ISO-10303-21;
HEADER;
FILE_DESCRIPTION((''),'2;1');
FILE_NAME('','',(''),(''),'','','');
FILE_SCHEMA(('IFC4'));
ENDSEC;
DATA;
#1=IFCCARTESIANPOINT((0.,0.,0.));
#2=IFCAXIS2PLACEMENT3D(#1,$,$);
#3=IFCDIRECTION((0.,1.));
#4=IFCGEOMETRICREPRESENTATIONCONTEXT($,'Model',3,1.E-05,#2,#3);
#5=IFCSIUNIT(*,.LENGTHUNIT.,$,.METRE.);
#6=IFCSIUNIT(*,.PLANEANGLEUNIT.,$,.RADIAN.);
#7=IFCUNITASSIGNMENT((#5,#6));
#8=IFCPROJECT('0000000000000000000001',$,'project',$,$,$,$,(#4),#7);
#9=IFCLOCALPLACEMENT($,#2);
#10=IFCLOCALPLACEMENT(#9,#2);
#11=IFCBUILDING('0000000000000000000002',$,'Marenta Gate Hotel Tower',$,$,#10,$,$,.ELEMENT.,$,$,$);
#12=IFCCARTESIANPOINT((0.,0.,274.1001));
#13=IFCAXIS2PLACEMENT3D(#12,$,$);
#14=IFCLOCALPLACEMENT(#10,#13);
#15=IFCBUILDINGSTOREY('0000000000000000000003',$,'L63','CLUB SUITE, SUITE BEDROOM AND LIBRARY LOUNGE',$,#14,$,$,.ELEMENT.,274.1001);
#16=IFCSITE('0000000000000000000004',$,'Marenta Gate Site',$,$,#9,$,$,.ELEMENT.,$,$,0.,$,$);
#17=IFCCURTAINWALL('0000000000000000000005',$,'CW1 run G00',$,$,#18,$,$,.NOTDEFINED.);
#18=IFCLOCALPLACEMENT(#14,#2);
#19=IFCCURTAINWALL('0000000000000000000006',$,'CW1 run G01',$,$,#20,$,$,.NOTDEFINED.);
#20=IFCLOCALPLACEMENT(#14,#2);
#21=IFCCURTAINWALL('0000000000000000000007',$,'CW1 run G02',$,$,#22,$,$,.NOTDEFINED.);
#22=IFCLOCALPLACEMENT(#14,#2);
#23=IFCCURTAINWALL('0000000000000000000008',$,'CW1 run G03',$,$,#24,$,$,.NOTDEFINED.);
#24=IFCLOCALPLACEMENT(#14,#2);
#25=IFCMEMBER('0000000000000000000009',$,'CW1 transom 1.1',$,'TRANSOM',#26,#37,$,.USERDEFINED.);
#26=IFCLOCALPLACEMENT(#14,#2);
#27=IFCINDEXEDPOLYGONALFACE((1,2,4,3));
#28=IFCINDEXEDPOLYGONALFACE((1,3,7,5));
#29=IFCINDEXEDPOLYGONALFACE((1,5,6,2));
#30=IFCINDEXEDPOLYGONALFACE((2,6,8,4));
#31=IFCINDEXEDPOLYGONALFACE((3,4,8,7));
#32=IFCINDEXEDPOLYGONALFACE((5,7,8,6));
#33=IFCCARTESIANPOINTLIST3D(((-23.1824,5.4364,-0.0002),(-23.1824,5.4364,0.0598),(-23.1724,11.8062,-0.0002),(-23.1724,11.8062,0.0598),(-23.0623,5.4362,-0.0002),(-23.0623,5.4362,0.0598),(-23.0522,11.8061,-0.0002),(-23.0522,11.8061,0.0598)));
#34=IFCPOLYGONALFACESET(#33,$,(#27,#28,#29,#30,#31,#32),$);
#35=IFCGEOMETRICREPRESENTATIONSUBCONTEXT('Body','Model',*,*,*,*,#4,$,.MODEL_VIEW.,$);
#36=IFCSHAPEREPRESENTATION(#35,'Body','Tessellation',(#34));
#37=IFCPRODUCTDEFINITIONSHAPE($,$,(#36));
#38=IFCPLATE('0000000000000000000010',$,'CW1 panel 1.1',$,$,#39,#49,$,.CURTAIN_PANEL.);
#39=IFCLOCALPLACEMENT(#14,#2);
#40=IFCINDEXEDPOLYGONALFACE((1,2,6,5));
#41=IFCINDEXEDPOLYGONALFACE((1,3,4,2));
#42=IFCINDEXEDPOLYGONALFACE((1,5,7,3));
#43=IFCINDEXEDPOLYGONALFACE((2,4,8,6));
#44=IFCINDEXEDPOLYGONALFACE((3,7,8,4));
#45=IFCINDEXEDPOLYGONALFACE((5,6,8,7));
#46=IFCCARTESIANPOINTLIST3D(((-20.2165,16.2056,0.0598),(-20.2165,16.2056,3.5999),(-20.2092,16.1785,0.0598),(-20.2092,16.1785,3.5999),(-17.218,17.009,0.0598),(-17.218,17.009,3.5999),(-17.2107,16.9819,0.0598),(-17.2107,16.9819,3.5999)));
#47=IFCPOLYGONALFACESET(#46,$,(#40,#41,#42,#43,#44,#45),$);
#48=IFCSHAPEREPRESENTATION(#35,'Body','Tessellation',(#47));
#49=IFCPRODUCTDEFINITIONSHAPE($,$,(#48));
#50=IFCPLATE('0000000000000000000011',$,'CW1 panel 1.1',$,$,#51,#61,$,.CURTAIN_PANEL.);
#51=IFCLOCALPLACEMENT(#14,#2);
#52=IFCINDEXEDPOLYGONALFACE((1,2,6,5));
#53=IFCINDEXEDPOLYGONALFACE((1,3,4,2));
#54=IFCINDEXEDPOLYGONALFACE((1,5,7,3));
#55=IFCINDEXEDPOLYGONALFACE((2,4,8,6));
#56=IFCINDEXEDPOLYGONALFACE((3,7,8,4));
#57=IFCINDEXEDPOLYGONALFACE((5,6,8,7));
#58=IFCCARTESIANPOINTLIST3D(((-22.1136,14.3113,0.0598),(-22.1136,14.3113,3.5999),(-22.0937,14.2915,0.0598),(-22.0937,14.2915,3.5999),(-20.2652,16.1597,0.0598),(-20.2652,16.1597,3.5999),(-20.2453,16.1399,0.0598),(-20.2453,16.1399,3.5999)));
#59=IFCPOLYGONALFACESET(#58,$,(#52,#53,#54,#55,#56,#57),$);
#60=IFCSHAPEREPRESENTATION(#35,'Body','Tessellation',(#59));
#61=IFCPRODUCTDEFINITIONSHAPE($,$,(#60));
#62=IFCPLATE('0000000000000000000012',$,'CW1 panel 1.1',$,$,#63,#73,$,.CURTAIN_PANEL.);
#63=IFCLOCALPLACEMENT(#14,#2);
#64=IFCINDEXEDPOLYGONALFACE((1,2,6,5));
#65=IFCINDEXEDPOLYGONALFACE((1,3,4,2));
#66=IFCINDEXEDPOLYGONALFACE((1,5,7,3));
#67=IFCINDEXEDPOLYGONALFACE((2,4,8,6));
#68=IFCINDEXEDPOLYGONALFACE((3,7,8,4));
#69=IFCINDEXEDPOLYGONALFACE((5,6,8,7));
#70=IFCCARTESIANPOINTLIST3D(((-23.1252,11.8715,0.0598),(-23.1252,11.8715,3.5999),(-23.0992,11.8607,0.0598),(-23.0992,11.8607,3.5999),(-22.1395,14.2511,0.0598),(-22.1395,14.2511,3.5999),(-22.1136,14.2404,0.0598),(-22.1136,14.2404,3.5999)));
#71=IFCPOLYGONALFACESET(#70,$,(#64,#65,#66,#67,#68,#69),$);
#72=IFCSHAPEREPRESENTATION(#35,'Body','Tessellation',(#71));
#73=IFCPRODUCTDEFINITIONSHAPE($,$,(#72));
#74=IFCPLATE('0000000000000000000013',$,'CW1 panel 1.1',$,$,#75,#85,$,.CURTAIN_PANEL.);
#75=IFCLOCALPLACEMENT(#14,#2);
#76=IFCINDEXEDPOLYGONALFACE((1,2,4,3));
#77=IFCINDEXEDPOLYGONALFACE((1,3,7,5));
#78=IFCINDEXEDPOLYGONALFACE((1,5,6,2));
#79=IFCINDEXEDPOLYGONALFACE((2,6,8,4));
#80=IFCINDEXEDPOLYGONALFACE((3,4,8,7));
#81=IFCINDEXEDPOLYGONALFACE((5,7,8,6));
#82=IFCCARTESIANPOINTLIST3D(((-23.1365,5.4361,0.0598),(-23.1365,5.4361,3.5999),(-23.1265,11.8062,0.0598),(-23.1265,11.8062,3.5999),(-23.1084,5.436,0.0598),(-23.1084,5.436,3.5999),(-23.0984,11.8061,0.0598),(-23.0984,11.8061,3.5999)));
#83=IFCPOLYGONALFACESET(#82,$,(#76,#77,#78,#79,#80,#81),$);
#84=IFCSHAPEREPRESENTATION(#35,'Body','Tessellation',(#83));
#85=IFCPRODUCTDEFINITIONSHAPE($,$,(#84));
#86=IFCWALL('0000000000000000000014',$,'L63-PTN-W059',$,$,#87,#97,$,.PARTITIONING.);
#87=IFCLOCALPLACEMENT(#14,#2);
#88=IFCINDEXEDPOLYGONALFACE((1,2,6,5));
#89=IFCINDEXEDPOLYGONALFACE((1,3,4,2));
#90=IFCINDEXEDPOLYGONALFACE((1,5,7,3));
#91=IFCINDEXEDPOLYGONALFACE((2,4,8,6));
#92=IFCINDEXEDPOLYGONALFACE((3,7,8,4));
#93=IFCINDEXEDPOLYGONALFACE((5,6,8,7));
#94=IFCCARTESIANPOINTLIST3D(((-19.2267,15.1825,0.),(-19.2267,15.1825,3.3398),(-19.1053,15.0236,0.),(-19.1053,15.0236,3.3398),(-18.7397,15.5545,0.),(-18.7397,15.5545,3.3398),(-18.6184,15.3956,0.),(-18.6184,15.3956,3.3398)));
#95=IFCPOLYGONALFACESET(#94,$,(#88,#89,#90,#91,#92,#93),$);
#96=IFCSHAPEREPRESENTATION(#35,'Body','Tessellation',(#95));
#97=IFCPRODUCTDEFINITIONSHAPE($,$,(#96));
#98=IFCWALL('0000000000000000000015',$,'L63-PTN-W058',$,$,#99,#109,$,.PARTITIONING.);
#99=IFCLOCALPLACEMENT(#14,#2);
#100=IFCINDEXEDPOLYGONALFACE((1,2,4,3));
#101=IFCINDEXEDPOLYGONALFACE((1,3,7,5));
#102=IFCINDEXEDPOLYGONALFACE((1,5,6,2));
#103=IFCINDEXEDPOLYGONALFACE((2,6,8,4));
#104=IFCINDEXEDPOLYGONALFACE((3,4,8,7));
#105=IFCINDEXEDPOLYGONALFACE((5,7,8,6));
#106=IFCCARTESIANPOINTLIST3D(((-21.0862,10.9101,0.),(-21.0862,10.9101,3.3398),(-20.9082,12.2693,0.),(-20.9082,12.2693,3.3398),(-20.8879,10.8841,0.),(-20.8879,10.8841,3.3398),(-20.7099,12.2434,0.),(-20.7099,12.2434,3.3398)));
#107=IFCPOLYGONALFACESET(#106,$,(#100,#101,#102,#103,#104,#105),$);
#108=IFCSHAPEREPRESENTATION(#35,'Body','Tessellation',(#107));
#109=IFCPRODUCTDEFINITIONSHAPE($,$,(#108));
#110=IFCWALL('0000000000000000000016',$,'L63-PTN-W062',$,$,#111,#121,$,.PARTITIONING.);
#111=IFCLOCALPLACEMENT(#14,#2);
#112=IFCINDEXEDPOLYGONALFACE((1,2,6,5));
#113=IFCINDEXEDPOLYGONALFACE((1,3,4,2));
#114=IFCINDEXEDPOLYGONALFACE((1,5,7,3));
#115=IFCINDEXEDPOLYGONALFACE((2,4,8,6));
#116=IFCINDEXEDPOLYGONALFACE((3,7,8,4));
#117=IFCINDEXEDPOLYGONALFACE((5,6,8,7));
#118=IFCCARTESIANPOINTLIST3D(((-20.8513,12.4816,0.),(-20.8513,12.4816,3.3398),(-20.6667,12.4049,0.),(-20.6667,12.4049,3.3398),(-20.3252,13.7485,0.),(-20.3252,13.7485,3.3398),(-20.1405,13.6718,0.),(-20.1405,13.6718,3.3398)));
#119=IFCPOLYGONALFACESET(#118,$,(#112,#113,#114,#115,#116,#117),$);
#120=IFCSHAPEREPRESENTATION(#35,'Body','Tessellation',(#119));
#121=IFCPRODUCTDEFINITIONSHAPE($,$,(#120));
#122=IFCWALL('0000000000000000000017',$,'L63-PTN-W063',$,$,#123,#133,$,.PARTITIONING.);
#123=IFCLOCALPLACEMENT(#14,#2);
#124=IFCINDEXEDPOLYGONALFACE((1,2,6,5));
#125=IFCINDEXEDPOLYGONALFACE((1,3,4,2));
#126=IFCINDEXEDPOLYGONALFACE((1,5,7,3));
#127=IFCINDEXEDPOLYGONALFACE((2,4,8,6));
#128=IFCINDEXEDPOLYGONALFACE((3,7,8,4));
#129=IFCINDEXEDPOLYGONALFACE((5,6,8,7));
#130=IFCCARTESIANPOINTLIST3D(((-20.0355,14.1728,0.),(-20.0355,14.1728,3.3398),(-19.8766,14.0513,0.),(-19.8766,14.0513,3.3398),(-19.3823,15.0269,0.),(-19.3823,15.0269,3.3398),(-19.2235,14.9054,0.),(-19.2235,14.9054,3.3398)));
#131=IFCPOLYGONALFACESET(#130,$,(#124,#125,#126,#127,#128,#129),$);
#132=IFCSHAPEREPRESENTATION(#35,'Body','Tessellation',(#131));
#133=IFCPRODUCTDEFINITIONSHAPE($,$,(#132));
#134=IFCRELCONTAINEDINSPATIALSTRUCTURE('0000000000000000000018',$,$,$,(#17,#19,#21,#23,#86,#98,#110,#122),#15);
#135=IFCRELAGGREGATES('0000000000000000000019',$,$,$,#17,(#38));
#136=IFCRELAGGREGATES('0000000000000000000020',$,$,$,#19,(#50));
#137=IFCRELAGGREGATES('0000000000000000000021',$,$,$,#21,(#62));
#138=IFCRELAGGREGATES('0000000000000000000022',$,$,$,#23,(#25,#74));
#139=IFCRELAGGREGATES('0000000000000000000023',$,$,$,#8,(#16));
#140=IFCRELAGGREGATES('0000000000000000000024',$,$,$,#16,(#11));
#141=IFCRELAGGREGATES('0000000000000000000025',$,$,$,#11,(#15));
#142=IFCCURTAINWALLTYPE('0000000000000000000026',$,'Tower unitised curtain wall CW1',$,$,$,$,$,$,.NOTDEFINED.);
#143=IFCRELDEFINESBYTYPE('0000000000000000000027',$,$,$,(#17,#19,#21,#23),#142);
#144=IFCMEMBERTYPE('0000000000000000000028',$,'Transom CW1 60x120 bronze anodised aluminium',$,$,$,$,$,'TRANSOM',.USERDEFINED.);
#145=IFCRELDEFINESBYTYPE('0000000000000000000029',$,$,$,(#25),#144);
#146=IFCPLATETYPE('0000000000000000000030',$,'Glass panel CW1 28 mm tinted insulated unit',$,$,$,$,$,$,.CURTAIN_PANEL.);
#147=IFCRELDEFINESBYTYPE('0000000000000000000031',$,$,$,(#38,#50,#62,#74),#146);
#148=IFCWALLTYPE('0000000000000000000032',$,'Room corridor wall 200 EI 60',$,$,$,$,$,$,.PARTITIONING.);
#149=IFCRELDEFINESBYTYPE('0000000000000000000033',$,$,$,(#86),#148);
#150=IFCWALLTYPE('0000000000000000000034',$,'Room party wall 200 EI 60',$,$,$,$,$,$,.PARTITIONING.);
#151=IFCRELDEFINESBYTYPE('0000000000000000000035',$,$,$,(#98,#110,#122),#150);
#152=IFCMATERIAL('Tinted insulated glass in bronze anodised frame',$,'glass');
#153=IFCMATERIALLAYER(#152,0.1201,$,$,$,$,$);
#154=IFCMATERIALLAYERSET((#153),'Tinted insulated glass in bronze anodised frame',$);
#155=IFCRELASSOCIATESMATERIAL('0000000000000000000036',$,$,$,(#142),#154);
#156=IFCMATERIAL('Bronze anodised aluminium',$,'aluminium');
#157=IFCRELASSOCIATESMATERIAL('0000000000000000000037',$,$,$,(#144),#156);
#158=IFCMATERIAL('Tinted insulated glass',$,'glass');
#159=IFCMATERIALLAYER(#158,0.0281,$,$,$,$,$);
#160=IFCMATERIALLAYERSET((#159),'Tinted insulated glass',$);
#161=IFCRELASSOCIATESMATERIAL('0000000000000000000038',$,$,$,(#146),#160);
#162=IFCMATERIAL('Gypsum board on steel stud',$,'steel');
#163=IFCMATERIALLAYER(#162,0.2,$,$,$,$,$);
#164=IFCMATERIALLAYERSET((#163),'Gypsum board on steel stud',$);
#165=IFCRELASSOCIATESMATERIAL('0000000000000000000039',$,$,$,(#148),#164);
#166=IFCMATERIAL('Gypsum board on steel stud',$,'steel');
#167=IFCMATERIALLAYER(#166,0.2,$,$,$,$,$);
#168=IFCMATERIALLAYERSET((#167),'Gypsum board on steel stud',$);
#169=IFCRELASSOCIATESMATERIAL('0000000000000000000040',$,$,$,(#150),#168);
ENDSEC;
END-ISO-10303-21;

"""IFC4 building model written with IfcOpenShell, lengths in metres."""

from ifc_helpers import new_model, si_unit, direction, frame, frame_2d, origin, origin_2d, place, context, subcontext, project, spatial, rectangle, extrude, material, layer, layer_set, material_profile, profile_set, type_object, element, aggregate, save


model = new_model("IFC4")

# Units and contexts
model_context = context("Model", 3, precision=1e-05, world=origin(), true_north=direction((0.0, 1.0)))
body_context = subcontext(model_context, "Body", "Model", "MODEL_VIEW")
ifc_project = project(units=[si_unit("LENGTHUNIT", "METRE"), si_unit("PLANEANGLEUNIT", "RADIAN")], contexts=[model_context])

# Site, building, storey
site_placement = place(None, origin())
site = spatial("IfcSite", under=ifc_project, at=site_placement, Name="Marenta Gate Site", CompositionType="ELEMENT", RefElevation=0.0)
building_placement = place(site_placement, origin())
building = spatial("IfcBuilding", under=site, at=building_placement, Name="Marenta Gate Hotel Tower", CompositionType="ELEMENT")
storey_placement = place(building_placement, frame((0.0, 0.0, 274.1001)))
storey = spatial("IfcBuildingStorey", under=building, at=storey_placement, Name="L63", Description="CLUB SUITE, SUITE BEDROOM AND LIBRARY LOUNGE", CompositionType="ELEMENT", Elevation=274.1001)

# Curtain walls
ifc_material_1 = material(Name="Tinted insulated glass in bronze anodised frame", Category="glass")
ifc_layer_1 = layer(ifc_material_1, 0.1201)
ifc_layer_set_1 = layer_set([ifc_layer_1], Name="Tinted insulated glass in bronze anodised frame")
curtain_wall_type = type_object("IfcCurtainWallType", Name="Tower unitised curtain wall CW1", PredefinedType="NOTDEFINED", material=ifc_layer_set_1)
curtain_wall_1_placement = place(storey_placement, origin())
curtain_wall_1 = element("IfcCurtainWall", 1, at=curtain_wall_1_placement, inside=storey, type_object=curtain_wall_type, Name="CW1 run G00", PredefinedType="NOTDEFINED")
curtain_wall_2_placement = place(storey_placement, origin())
curtain_wall_2 = element("IfcCurtainWall", 2, at=curtain_wall_2_placement, inside=storey, type_object=curtain_wall_type, Name="CW1 run G01", PredefinedType="NOTDEFINED")
curtain_wall_3_placement = place(storey_placement, origin())
curtain_wall_3 = element("IfcCurtainWall", 3, at=curtain_wall_3_placement, inside=storey, type_object=curtain_wall_type, Name="CW1 run G02", PredefinedType="NOTDEFINED")
curtain_wall_4_placement = place(storey_placement, origin())
curtain_wall_4 = element("IfcCurtainWall", 4, at=curtain_wall_4_placement, inside=storey, type_object=curtain_wall_type, Name="CW1 run G03", PredefinedType="NOTDEFINED")

# Member
ifc_material_2 = material(Name="Bronze anodised aluminium", Category="aluminium")
ifc_material_profile_1 = material_profile(ifc_material_2, rectangle(XDim=0.1201, YDim=0.0601, at=origin_2d()), Name="Transom CW1 60x120 bronze anodised aluminium")
ifc_profile_set_1 = profile_set([ifc_material_profile_1], Name="Bronze anodised aluminium")
member_type_1 = type_object("IfcMemberType", Name="Transom CW1 60x120 bronze anodised aluminium", ElementType="TRANSOM", PredefinedType="USERDEFINED", material=ifc_profile_set_1)
member_1_placement = place(storey_placement, frame((-23.1123, 11.8062, 0.0298), z_axis=(-0.001571, -0.999999, 0.0), x_axis=(0.999999, -0.001571, 0.0)))
member_1 = element("IfcMember", 5, at=member_1_placement, type_object=member_type_1, Name="CW1 transom 1.1", ObjectType="TRANSOM", PredefinedType="USERDEFINED", context=body_context, shape_type="SweptSolid", body=[
    extrude(rectangle(XDim=0.1201, YDim=0.0601, at=origin_2d()), origin(), (0.0, 0.0, 1.0), 6.3699),
])

# Plates
ifc_material_3 = material(Name="Tinted insulated glass", Category="glass")
ifc_layer_2 = layer(ifc_material_3, 0.0281)
ifc_layer_set_2 = layer_set([ifc_layer_2], Name="Tinted insulated glass")
plate_type = type_object("IfcPlateType", Name="Glass panel CW1 28 mm tinted insulated unit", PredefinedType="CURTAIN_PANEL", material=ifc_layer_set_2)
plate_1_placement = place(storey_placement, frame((-18.7136, 16.5938, 0.0598), z_axis=(0.0, 0.0, 1.0), x_axis=(-0.965931, -0.258801, 0.0)))
plate_1 = element("IfcPlate", 6, at=plate_1_placement, type_object=plate_type, Name="CW1 panel 1.1", PredefinedType="CURTAIN_PANEL", context=body_context, shape_type="SweptSolid", body=[
    extrude(rectangle(XDim=3.1042, YDim=0.0281, at=origin_2d()), origin(), (0.0, 0.0, 1.0), 3.54),
])
aggregate(curtain_wall_1, [plate_1])
plate_2_placement = place(storey_placement, frame((-21.1794, 15.2256, 0.0598), z_axis=(0.0, 0.0, 1.0), x_axis=(-0.707107, -0.707107, 0.0)))
plate_2 = element("IfcPlate", 7, at=plate_2_placement, type_object=plate_type, Name="CW1 panel 1.1", PredefinedType="CURTAIN_PANEL", context=body_context, shape_type="SweptSolid", body=[
    extrude(rectangle(XDim=2.614, YDim=0.0281, at=origin_2d()), origin(), (0.0, 0.0, 1.0), 3.54),
])
aggregate(curtain_wall_2, [plate_2])
plate_3_placement = place(storey_placement, frame((-22.6194, 13.0559, 0.0598), z_axis=(0.0, 0.0, 1.0), x_axis=(-0.382667, -0.923886, 0.0)))
plate_3 = element("IfcPlate", 8, at=plate_3_placement, type_object=plate_type, Name="CW1 panel 1.1", PredefinedType="CURTAIN_PANEL", context=body_context, shape_type="SweptSolid", body=[
    extrude(rectangle(XDim=2.5757, YDim=0.0281, at=origin_2d()), origin(), (0.0, 0.0, 1.0), 3.54),
])
aggregate(curtain_wall_3, [plate_3])
plate_4_placement = place(storey_placement, frame((-23.1174, 8.6211, 0.0598), z_axis=(0.0, 0.0, 1.0), x_axis=(-0.001566, -0.999999, 0.0)))
plate_4 = element("IfcPlate", 9, at=plate_4_placement, type_object=plate_type, Name="CW1 panel 1.1", PredefinedType="CURTAIN_PANEL", context=body_context, shape_type="SweptSolid", body=[
    extrude(rectangle(XDim=6.3701, YDim=0.0281, at=origin_2d()), origin(), (0.0, 0.0, 1.0), 3.54),
])
aggregate(curtain_wall_4, [member_1, plate_4])

# Walls
ifc_material_4 = material(Name="Gypsum board on steel stud", Category="steel")
ifc_layer_3 = layer(ifc_material_4, 0.2)
ifc_layer_set_3 = layer_set([ifc_layer_3], Name="Gypsum board on steel stud")
wall_type_1 = type_object("IfcWallType", Name="Room corridor wall 200 EI 60", PredefinedType="PARTITIONING", material=ifc_layer_set_3)
wall_1_placement = place(storey_placement, frame((-19.166, 15.103, 0.0), z_axis=(0.0, 0.0, 1.0), x_axis=(0.794663, 0.607051, 0.0)))
element("IfcWall", 10, at=wall_1_placement, inside=storey, type_object=wall_type_1, Name="L63-PTN-W059", PredefinedType="PARTITIONING", context=body_context, shape_type="SweptSolid", body=[
    extrude(rectangle(XDim=0.6128, YDim=0.2, at=frame_2d((0.3064, 0.0))), origin(), (0.0, 0.0, 1.0), 3.3398),
])
ifc_material_5 = material(Name="Gypsum board on steel stud", Category="steel")
ifc_layer_4 = layer(ifc_material_5, 0.2)
ifc_layer_set_4 = layer_set([ifc_layer_4], Name="Gypsum board on steel stud")
wall_type_2 = type_object("IfcWallType", Name="Room party wall 200 EI 60", PredefinedType="PARTITIONING", material=ifc_layer_set_4)
wall_2_placement = place(storey_placement, frame((-20.9871, 10.897, 0.0), z_axis=(0.0, 0.0, 1.0), x_axis=(0.129842, 0.991535, 0.0)))
element("IfcWall", 11, at=wall_2_placement, inside=storey, type_object=wall_type_2, Name="L63-PTN-W058", PredefinedType="PARTITIONING", context=body_context, shape_type="SweptSolid", body=[
    extrude(rectangle(XDim=1.3708, YDim=0.2, at=frame_2d((0.6855, 0.0))), origin(), (0.0, 0.0, 1.0), 3.3398),
])
wall_3_placement = place(storey_placement, frame((-20.759, 12.4431, 0.0), z_axis=(0.0, 0.0, 1.0), x_axis=(0.383541, 0.923524, 0.0)))
element("IfcWall", 12, at=wall_3_placement, inside=storey, type_object=wall_type_2, Name="L63-PTN-W062", PredefinedType="PARTITIONING", context=body_context, shape_type="SweptSolid", body=[
    extrude(rectangle(XDim=1.3718, YDim=0.2, at=frame_2d((0.686, 0.0))), origin(), (0.0, 0.0, 1.0), 3.3398),
])
wall_4_placement = place(storey_placement, frame((-19.9561, 14.1121, 0.0), z_axis=(0.0, 0.0, 1.0), x_axis=(0.607459, 0.794351, 0.0)))
element("IfcWall", 13, at=wall_4_placement, inside=storey, type_object=wall_type_2, Name="L63-PTN-W063", PredefinedType="PARTITIONING", context=body_context, shape_type="SweptSolid", body=[
    extrude(rectangle(XDim=1.0752, YDim=0.2, at=frame_2d((0.5376, 0.0))), origin(), (0.0, 0.0, 1.0), 3.3398),
])

save(model, "model.ifc")
